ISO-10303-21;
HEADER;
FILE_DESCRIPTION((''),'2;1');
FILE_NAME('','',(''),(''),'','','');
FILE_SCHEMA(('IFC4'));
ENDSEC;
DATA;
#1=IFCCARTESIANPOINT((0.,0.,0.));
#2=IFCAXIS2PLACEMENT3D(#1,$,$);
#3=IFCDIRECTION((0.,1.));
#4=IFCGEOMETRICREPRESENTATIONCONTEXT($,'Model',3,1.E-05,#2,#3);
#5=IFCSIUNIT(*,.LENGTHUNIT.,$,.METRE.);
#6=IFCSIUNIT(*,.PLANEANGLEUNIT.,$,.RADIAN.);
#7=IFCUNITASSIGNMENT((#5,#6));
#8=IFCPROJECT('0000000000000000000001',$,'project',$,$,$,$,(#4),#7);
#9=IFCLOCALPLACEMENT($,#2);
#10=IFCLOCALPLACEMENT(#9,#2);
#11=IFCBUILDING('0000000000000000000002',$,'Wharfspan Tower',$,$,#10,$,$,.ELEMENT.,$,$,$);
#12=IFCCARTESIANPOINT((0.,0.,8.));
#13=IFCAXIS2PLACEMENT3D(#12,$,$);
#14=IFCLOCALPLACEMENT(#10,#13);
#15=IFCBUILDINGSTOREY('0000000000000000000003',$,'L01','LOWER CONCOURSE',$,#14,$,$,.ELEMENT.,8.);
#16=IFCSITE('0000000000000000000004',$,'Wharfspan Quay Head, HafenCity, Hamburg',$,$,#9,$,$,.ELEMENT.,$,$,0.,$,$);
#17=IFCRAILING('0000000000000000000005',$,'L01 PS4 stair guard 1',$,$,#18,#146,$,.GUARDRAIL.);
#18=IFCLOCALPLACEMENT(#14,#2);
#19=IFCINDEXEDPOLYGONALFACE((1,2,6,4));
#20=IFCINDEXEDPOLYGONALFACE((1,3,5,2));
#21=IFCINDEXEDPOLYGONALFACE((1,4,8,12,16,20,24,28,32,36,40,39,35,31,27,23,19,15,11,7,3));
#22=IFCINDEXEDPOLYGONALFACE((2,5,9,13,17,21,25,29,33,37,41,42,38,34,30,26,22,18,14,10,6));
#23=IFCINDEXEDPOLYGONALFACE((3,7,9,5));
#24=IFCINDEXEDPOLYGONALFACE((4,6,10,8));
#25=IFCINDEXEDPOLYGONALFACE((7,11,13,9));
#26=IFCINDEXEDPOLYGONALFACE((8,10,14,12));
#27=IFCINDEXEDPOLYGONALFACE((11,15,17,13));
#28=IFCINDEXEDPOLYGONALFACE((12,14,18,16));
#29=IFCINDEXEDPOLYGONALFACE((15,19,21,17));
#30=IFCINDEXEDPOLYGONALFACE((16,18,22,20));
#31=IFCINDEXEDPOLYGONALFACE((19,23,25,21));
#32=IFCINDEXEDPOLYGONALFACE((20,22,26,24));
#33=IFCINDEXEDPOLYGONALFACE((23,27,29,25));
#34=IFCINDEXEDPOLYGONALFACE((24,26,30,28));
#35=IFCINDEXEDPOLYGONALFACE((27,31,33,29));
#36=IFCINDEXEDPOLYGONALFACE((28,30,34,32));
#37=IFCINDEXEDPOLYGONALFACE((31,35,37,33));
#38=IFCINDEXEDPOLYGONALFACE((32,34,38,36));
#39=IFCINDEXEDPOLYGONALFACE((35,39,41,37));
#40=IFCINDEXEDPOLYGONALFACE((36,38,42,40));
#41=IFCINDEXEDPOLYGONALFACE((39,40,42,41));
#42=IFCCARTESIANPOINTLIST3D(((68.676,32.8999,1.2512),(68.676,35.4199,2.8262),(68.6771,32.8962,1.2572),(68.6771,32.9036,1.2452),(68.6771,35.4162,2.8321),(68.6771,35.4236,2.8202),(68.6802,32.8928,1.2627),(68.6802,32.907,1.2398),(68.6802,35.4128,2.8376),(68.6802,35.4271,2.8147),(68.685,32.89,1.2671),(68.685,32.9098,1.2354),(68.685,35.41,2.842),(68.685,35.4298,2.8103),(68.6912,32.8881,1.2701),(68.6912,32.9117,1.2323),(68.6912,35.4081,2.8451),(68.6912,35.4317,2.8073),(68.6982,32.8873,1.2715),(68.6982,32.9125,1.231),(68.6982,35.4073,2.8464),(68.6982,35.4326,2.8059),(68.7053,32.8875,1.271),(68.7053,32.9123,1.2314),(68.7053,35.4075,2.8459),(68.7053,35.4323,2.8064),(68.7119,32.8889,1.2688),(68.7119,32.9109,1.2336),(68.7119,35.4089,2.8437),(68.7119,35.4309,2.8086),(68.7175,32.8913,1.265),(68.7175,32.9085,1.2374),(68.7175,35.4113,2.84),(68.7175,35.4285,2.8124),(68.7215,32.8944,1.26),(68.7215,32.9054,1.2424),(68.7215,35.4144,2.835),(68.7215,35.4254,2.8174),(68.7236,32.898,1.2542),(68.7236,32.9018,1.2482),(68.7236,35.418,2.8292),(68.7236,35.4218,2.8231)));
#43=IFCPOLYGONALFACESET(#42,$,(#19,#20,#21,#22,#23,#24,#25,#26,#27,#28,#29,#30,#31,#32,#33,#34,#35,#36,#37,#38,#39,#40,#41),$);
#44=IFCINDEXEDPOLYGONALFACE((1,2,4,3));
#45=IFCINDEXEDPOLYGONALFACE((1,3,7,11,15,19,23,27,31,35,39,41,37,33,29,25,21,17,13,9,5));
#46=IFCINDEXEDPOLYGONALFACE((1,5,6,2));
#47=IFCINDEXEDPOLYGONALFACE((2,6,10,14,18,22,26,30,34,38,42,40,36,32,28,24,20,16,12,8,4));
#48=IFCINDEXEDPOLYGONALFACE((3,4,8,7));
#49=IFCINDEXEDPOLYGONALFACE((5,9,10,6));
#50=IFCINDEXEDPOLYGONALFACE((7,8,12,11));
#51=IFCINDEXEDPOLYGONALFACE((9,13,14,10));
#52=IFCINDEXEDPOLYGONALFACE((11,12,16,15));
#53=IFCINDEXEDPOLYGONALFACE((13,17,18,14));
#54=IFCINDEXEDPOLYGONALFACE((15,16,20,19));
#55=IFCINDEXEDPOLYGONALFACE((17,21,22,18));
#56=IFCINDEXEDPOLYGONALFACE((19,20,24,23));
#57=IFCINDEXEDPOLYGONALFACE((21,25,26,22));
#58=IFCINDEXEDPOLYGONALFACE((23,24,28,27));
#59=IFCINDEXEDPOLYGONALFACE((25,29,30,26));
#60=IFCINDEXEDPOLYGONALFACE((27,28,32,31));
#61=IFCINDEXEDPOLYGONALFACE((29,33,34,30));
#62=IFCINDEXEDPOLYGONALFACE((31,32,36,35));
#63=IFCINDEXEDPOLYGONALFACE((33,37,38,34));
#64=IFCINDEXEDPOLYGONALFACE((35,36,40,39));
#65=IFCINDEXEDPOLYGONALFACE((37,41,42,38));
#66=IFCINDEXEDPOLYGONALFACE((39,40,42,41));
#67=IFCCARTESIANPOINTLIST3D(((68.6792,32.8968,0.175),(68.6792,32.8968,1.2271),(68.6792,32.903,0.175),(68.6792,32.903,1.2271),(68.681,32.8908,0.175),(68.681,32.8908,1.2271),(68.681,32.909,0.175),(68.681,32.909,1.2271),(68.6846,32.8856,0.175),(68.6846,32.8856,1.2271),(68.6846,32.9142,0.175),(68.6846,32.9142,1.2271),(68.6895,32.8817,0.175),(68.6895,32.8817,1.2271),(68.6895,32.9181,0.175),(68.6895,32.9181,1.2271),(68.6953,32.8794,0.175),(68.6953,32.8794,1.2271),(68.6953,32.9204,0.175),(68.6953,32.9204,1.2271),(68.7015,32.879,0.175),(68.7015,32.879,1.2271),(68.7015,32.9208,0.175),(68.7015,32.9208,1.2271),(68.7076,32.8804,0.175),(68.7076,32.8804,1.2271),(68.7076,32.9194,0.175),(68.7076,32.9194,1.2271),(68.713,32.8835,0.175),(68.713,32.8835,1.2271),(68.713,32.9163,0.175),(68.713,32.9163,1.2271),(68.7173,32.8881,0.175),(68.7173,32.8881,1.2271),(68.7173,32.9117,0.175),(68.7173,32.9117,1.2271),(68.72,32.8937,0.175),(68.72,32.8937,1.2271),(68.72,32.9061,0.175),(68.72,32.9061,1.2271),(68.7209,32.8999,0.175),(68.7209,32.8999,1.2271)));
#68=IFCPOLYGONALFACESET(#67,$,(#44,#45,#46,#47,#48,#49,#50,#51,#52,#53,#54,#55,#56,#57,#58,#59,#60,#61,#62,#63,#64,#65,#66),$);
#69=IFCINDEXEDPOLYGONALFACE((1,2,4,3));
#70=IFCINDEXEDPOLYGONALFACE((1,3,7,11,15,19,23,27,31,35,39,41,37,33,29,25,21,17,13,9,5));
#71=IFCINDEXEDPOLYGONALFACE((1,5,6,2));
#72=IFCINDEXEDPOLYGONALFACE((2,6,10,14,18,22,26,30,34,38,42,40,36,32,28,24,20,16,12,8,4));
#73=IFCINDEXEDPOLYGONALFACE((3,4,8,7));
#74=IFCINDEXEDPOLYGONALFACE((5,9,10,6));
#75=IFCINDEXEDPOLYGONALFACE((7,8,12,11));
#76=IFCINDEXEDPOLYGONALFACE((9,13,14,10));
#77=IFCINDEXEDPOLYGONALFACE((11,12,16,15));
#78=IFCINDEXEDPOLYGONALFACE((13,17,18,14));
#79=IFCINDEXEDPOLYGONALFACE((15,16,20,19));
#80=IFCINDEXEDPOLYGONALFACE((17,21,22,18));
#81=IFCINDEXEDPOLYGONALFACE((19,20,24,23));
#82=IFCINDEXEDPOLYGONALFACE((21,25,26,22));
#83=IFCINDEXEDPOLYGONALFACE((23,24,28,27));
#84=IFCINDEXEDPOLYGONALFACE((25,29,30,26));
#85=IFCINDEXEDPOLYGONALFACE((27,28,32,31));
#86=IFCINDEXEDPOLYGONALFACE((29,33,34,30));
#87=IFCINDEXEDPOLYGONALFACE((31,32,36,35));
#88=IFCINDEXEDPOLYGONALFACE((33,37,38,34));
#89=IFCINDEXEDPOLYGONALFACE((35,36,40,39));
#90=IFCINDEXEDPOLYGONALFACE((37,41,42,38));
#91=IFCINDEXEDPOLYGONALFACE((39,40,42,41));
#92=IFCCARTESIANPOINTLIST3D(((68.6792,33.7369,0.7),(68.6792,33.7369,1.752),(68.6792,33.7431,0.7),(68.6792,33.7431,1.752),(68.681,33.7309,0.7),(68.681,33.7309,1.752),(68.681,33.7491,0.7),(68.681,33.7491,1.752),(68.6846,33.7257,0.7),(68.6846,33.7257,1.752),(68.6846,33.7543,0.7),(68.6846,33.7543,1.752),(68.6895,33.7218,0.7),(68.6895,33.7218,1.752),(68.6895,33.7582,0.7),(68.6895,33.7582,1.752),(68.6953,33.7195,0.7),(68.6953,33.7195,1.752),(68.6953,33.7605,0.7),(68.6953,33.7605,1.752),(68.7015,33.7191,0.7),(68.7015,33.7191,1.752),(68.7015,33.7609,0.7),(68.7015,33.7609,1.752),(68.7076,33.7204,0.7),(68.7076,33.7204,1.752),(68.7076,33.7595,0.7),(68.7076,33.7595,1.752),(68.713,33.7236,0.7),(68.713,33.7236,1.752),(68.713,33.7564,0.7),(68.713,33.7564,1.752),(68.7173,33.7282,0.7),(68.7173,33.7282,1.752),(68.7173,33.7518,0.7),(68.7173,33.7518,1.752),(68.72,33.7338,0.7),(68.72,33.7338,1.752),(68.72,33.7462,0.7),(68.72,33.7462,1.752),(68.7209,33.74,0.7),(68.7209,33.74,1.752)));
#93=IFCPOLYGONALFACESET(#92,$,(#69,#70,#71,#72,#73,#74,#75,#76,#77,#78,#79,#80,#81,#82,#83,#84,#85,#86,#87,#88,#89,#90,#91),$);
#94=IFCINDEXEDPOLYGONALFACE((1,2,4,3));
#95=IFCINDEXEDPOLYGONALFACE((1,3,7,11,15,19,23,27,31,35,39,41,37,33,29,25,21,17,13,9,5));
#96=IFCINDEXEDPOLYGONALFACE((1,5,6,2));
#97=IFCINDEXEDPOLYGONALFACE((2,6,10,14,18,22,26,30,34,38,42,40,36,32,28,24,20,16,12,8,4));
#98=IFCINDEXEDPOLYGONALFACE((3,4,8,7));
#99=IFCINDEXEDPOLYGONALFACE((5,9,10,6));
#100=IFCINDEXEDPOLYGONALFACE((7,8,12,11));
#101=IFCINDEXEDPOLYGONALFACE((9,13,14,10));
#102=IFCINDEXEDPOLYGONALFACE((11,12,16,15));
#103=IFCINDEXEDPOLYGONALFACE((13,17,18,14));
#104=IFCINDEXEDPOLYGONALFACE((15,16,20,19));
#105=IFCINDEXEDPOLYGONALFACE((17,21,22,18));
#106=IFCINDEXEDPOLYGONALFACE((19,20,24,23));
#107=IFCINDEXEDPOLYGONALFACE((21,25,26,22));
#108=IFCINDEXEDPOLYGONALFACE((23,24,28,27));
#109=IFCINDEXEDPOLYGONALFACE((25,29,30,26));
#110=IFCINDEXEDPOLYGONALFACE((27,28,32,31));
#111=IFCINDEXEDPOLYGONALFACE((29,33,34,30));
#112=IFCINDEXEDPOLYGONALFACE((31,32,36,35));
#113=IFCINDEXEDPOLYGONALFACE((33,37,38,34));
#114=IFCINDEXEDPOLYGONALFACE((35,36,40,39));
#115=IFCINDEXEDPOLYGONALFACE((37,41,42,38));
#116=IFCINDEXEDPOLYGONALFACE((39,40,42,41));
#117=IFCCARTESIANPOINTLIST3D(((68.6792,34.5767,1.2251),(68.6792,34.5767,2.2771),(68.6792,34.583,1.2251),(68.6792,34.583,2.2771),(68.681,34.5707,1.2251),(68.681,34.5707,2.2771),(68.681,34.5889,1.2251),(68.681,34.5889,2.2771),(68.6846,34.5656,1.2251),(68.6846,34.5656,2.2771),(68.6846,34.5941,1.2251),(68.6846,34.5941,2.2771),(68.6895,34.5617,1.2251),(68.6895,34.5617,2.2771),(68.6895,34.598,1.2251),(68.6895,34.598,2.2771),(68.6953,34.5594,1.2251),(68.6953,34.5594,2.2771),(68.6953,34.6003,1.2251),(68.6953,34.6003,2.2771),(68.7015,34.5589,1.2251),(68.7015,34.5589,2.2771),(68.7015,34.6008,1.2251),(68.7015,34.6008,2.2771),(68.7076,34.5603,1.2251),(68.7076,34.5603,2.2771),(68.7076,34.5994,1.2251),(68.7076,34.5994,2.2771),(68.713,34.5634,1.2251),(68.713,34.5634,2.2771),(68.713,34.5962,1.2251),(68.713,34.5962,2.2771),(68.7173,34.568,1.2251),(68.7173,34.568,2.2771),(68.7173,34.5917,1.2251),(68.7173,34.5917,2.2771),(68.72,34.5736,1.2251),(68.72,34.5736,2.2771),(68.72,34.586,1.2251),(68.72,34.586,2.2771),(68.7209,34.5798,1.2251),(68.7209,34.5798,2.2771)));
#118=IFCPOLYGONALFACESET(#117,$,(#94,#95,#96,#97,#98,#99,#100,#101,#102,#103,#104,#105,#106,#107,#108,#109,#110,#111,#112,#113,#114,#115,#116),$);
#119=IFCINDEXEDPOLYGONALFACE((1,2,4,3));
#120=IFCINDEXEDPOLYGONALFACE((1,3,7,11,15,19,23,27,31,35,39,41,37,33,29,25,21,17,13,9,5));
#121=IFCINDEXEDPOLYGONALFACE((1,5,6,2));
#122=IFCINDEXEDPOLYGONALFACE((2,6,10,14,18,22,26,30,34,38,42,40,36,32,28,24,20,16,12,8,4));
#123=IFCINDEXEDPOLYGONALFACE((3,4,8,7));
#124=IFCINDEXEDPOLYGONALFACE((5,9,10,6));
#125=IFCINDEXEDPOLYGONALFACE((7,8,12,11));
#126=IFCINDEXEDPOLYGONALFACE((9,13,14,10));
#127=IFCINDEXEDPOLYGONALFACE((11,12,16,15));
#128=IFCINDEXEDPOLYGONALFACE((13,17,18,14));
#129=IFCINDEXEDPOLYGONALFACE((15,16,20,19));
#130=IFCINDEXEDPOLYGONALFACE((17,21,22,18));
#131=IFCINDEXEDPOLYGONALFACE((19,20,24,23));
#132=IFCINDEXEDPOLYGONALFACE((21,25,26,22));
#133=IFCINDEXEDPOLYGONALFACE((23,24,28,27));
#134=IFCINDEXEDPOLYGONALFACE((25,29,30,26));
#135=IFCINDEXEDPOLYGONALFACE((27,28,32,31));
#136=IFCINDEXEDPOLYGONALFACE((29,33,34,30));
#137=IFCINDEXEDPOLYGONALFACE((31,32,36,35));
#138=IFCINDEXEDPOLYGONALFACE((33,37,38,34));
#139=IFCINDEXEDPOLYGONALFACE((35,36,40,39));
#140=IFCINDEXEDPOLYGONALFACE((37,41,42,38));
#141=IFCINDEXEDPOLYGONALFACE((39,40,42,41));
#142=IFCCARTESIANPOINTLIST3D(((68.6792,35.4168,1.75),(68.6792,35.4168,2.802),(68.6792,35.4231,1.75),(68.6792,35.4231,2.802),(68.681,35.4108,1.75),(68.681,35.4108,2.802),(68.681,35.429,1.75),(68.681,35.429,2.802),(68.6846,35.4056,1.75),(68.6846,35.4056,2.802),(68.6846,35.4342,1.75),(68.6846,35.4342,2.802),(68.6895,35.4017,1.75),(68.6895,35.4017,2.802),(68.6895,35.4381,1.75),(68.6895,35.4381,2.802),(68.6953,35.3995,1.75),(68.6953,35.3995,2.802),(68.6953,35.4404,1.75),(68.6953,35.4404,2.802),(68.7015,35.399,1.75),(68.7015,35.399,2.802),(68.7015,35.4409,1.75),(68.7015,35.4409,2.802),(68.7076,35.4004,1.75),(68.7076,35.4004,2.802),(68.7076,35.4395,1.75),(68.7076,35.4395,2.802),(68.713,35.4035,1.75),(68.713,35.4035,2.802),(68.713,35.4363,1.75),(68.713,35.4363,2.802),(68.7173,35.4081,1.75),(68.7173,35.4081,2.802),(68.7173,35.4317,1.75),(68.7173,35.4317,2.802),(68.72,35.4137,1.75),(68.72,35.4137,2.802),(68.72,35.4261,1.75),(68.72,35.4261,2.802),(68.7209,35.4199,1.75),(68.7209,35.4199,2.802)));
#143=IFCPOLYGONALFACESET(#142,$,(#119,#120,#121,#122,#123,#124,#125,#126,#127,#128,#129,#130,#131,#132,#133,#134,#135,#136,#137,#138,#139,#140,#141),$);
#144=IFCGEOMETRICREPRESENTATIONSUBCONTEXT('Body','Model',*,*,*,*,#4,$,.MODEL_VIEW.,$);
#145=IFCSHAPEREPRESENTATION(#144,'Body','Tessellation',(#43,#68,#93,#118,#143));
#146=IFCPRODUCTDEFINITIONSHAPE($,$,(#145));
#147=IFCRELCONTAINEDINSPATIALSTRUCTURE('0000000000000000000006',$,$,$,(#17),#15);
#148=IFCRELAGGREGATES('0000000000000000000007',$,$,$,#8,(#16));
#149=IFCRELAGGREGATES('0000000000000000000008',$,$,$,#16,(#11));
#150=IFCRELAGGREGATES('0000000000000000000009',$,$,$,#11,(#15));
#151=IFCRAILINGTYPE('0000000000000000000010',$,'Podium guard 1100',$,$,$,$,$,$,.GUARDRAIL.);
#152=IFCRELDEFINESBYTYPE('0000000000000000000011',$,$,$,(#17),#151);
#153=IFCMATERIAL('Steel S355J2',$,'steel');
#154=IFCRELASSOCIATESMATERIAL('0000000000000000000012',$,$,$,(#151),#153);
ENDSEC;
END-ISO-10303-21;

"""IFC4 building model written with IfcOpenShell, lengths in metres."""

from ifc_helpers import new_model, si_unit, direction, frame, origin, origin_2d, place, context, subcontext, project, spatial, circle, extrude, material, type_object, element, save


model = new_model("IFC4")

# Units and contexts
model_context = context("Model", 3, precision=1e-05, world=origin(), true_north=direction((0.0, 1.0)))
body_context = subcontext(model_context, "Body", "Model", "MODEL_VIEW")
ifc_project = project(units=[si_unit("LENGTHUNIT", "METRE"), si_unit("PLANEANGLEUNIT", "RADIAN")], contexts=[model_context])

# Site, building, storey
site_placement = place(None, origin())
site = spatial("IfcSite", under=ifc_project, at=site_placement, Name="Wharfspan Quay Head, HafenCity, Hamburg", CompositionType="ELEMENT", RefElevation=0.0)
building_placement = place(site_placement, origin())
building = spatial("IfcBuilding", under=site, at=building_placement, Name="Wharfspan Tower", CompositionType="ELEMENT")
storey_placement = place(building_placement, frame((0.0, 0.0, 8.0)))
storey = spatial("IfcBuildingStorey", under=building, at=storey_placement, Name="L01", Description="LOWER CONCOURSE", CompositionType="ELEMENT", Elevation=8.0)

# Railing
ifc_material_1 = material(Name="Steel S355J2", Category="steel")
railing_type_1 = type_object("IfcRailingType", Name="Podium guard 1100", PredefinedType="GUARDRAIL", material=ifc_material_1)
railing_1_placement = place(storey_placement, frame((68.7, 32.8999, 0.175)))
element("IfcRailing", 1, at=railing_1_placement, inside=storey, type_object=railing_type_1, Name="L01 PS4 stair guard 1", PredefinedType="GUARDRAIL", context=body_context, shape_type="SweptSolid", body=[
    extrude(circle(Radius=0.0239, at=origin_2d()), frame((0.0, 0.0, 1.0762), z_axis=(0.0, 0.848008, 0.529984), x_axis=(-1.0, 0.0, 0.0)), (0.0, 0.0, 1.0), 2.9717),
    extrude(circle(Radius=0.021, at=origin_2d()), origin(), (0.0, 0.0, 1.0), 1.052),
    extrude(circle(Radius=0.021, at=origin_2d()), frame((0.0, 0.8401, 0.5249)), (0.0, 0.0, 1.0), 1.052),
    extrude(circle(Radius=0.021, at=origin_2d()), frame((0.0, 1.6799, 1.05)), (0.0, 0.0, 1.0), 1.052),
    extrude(circle(Radius=0.021, at=origin_2d()), frame((0.0, 2.52, 1.575)), (0.0, 0.0, 1.0), 1.052),
])

save(model, "model.ifc")
